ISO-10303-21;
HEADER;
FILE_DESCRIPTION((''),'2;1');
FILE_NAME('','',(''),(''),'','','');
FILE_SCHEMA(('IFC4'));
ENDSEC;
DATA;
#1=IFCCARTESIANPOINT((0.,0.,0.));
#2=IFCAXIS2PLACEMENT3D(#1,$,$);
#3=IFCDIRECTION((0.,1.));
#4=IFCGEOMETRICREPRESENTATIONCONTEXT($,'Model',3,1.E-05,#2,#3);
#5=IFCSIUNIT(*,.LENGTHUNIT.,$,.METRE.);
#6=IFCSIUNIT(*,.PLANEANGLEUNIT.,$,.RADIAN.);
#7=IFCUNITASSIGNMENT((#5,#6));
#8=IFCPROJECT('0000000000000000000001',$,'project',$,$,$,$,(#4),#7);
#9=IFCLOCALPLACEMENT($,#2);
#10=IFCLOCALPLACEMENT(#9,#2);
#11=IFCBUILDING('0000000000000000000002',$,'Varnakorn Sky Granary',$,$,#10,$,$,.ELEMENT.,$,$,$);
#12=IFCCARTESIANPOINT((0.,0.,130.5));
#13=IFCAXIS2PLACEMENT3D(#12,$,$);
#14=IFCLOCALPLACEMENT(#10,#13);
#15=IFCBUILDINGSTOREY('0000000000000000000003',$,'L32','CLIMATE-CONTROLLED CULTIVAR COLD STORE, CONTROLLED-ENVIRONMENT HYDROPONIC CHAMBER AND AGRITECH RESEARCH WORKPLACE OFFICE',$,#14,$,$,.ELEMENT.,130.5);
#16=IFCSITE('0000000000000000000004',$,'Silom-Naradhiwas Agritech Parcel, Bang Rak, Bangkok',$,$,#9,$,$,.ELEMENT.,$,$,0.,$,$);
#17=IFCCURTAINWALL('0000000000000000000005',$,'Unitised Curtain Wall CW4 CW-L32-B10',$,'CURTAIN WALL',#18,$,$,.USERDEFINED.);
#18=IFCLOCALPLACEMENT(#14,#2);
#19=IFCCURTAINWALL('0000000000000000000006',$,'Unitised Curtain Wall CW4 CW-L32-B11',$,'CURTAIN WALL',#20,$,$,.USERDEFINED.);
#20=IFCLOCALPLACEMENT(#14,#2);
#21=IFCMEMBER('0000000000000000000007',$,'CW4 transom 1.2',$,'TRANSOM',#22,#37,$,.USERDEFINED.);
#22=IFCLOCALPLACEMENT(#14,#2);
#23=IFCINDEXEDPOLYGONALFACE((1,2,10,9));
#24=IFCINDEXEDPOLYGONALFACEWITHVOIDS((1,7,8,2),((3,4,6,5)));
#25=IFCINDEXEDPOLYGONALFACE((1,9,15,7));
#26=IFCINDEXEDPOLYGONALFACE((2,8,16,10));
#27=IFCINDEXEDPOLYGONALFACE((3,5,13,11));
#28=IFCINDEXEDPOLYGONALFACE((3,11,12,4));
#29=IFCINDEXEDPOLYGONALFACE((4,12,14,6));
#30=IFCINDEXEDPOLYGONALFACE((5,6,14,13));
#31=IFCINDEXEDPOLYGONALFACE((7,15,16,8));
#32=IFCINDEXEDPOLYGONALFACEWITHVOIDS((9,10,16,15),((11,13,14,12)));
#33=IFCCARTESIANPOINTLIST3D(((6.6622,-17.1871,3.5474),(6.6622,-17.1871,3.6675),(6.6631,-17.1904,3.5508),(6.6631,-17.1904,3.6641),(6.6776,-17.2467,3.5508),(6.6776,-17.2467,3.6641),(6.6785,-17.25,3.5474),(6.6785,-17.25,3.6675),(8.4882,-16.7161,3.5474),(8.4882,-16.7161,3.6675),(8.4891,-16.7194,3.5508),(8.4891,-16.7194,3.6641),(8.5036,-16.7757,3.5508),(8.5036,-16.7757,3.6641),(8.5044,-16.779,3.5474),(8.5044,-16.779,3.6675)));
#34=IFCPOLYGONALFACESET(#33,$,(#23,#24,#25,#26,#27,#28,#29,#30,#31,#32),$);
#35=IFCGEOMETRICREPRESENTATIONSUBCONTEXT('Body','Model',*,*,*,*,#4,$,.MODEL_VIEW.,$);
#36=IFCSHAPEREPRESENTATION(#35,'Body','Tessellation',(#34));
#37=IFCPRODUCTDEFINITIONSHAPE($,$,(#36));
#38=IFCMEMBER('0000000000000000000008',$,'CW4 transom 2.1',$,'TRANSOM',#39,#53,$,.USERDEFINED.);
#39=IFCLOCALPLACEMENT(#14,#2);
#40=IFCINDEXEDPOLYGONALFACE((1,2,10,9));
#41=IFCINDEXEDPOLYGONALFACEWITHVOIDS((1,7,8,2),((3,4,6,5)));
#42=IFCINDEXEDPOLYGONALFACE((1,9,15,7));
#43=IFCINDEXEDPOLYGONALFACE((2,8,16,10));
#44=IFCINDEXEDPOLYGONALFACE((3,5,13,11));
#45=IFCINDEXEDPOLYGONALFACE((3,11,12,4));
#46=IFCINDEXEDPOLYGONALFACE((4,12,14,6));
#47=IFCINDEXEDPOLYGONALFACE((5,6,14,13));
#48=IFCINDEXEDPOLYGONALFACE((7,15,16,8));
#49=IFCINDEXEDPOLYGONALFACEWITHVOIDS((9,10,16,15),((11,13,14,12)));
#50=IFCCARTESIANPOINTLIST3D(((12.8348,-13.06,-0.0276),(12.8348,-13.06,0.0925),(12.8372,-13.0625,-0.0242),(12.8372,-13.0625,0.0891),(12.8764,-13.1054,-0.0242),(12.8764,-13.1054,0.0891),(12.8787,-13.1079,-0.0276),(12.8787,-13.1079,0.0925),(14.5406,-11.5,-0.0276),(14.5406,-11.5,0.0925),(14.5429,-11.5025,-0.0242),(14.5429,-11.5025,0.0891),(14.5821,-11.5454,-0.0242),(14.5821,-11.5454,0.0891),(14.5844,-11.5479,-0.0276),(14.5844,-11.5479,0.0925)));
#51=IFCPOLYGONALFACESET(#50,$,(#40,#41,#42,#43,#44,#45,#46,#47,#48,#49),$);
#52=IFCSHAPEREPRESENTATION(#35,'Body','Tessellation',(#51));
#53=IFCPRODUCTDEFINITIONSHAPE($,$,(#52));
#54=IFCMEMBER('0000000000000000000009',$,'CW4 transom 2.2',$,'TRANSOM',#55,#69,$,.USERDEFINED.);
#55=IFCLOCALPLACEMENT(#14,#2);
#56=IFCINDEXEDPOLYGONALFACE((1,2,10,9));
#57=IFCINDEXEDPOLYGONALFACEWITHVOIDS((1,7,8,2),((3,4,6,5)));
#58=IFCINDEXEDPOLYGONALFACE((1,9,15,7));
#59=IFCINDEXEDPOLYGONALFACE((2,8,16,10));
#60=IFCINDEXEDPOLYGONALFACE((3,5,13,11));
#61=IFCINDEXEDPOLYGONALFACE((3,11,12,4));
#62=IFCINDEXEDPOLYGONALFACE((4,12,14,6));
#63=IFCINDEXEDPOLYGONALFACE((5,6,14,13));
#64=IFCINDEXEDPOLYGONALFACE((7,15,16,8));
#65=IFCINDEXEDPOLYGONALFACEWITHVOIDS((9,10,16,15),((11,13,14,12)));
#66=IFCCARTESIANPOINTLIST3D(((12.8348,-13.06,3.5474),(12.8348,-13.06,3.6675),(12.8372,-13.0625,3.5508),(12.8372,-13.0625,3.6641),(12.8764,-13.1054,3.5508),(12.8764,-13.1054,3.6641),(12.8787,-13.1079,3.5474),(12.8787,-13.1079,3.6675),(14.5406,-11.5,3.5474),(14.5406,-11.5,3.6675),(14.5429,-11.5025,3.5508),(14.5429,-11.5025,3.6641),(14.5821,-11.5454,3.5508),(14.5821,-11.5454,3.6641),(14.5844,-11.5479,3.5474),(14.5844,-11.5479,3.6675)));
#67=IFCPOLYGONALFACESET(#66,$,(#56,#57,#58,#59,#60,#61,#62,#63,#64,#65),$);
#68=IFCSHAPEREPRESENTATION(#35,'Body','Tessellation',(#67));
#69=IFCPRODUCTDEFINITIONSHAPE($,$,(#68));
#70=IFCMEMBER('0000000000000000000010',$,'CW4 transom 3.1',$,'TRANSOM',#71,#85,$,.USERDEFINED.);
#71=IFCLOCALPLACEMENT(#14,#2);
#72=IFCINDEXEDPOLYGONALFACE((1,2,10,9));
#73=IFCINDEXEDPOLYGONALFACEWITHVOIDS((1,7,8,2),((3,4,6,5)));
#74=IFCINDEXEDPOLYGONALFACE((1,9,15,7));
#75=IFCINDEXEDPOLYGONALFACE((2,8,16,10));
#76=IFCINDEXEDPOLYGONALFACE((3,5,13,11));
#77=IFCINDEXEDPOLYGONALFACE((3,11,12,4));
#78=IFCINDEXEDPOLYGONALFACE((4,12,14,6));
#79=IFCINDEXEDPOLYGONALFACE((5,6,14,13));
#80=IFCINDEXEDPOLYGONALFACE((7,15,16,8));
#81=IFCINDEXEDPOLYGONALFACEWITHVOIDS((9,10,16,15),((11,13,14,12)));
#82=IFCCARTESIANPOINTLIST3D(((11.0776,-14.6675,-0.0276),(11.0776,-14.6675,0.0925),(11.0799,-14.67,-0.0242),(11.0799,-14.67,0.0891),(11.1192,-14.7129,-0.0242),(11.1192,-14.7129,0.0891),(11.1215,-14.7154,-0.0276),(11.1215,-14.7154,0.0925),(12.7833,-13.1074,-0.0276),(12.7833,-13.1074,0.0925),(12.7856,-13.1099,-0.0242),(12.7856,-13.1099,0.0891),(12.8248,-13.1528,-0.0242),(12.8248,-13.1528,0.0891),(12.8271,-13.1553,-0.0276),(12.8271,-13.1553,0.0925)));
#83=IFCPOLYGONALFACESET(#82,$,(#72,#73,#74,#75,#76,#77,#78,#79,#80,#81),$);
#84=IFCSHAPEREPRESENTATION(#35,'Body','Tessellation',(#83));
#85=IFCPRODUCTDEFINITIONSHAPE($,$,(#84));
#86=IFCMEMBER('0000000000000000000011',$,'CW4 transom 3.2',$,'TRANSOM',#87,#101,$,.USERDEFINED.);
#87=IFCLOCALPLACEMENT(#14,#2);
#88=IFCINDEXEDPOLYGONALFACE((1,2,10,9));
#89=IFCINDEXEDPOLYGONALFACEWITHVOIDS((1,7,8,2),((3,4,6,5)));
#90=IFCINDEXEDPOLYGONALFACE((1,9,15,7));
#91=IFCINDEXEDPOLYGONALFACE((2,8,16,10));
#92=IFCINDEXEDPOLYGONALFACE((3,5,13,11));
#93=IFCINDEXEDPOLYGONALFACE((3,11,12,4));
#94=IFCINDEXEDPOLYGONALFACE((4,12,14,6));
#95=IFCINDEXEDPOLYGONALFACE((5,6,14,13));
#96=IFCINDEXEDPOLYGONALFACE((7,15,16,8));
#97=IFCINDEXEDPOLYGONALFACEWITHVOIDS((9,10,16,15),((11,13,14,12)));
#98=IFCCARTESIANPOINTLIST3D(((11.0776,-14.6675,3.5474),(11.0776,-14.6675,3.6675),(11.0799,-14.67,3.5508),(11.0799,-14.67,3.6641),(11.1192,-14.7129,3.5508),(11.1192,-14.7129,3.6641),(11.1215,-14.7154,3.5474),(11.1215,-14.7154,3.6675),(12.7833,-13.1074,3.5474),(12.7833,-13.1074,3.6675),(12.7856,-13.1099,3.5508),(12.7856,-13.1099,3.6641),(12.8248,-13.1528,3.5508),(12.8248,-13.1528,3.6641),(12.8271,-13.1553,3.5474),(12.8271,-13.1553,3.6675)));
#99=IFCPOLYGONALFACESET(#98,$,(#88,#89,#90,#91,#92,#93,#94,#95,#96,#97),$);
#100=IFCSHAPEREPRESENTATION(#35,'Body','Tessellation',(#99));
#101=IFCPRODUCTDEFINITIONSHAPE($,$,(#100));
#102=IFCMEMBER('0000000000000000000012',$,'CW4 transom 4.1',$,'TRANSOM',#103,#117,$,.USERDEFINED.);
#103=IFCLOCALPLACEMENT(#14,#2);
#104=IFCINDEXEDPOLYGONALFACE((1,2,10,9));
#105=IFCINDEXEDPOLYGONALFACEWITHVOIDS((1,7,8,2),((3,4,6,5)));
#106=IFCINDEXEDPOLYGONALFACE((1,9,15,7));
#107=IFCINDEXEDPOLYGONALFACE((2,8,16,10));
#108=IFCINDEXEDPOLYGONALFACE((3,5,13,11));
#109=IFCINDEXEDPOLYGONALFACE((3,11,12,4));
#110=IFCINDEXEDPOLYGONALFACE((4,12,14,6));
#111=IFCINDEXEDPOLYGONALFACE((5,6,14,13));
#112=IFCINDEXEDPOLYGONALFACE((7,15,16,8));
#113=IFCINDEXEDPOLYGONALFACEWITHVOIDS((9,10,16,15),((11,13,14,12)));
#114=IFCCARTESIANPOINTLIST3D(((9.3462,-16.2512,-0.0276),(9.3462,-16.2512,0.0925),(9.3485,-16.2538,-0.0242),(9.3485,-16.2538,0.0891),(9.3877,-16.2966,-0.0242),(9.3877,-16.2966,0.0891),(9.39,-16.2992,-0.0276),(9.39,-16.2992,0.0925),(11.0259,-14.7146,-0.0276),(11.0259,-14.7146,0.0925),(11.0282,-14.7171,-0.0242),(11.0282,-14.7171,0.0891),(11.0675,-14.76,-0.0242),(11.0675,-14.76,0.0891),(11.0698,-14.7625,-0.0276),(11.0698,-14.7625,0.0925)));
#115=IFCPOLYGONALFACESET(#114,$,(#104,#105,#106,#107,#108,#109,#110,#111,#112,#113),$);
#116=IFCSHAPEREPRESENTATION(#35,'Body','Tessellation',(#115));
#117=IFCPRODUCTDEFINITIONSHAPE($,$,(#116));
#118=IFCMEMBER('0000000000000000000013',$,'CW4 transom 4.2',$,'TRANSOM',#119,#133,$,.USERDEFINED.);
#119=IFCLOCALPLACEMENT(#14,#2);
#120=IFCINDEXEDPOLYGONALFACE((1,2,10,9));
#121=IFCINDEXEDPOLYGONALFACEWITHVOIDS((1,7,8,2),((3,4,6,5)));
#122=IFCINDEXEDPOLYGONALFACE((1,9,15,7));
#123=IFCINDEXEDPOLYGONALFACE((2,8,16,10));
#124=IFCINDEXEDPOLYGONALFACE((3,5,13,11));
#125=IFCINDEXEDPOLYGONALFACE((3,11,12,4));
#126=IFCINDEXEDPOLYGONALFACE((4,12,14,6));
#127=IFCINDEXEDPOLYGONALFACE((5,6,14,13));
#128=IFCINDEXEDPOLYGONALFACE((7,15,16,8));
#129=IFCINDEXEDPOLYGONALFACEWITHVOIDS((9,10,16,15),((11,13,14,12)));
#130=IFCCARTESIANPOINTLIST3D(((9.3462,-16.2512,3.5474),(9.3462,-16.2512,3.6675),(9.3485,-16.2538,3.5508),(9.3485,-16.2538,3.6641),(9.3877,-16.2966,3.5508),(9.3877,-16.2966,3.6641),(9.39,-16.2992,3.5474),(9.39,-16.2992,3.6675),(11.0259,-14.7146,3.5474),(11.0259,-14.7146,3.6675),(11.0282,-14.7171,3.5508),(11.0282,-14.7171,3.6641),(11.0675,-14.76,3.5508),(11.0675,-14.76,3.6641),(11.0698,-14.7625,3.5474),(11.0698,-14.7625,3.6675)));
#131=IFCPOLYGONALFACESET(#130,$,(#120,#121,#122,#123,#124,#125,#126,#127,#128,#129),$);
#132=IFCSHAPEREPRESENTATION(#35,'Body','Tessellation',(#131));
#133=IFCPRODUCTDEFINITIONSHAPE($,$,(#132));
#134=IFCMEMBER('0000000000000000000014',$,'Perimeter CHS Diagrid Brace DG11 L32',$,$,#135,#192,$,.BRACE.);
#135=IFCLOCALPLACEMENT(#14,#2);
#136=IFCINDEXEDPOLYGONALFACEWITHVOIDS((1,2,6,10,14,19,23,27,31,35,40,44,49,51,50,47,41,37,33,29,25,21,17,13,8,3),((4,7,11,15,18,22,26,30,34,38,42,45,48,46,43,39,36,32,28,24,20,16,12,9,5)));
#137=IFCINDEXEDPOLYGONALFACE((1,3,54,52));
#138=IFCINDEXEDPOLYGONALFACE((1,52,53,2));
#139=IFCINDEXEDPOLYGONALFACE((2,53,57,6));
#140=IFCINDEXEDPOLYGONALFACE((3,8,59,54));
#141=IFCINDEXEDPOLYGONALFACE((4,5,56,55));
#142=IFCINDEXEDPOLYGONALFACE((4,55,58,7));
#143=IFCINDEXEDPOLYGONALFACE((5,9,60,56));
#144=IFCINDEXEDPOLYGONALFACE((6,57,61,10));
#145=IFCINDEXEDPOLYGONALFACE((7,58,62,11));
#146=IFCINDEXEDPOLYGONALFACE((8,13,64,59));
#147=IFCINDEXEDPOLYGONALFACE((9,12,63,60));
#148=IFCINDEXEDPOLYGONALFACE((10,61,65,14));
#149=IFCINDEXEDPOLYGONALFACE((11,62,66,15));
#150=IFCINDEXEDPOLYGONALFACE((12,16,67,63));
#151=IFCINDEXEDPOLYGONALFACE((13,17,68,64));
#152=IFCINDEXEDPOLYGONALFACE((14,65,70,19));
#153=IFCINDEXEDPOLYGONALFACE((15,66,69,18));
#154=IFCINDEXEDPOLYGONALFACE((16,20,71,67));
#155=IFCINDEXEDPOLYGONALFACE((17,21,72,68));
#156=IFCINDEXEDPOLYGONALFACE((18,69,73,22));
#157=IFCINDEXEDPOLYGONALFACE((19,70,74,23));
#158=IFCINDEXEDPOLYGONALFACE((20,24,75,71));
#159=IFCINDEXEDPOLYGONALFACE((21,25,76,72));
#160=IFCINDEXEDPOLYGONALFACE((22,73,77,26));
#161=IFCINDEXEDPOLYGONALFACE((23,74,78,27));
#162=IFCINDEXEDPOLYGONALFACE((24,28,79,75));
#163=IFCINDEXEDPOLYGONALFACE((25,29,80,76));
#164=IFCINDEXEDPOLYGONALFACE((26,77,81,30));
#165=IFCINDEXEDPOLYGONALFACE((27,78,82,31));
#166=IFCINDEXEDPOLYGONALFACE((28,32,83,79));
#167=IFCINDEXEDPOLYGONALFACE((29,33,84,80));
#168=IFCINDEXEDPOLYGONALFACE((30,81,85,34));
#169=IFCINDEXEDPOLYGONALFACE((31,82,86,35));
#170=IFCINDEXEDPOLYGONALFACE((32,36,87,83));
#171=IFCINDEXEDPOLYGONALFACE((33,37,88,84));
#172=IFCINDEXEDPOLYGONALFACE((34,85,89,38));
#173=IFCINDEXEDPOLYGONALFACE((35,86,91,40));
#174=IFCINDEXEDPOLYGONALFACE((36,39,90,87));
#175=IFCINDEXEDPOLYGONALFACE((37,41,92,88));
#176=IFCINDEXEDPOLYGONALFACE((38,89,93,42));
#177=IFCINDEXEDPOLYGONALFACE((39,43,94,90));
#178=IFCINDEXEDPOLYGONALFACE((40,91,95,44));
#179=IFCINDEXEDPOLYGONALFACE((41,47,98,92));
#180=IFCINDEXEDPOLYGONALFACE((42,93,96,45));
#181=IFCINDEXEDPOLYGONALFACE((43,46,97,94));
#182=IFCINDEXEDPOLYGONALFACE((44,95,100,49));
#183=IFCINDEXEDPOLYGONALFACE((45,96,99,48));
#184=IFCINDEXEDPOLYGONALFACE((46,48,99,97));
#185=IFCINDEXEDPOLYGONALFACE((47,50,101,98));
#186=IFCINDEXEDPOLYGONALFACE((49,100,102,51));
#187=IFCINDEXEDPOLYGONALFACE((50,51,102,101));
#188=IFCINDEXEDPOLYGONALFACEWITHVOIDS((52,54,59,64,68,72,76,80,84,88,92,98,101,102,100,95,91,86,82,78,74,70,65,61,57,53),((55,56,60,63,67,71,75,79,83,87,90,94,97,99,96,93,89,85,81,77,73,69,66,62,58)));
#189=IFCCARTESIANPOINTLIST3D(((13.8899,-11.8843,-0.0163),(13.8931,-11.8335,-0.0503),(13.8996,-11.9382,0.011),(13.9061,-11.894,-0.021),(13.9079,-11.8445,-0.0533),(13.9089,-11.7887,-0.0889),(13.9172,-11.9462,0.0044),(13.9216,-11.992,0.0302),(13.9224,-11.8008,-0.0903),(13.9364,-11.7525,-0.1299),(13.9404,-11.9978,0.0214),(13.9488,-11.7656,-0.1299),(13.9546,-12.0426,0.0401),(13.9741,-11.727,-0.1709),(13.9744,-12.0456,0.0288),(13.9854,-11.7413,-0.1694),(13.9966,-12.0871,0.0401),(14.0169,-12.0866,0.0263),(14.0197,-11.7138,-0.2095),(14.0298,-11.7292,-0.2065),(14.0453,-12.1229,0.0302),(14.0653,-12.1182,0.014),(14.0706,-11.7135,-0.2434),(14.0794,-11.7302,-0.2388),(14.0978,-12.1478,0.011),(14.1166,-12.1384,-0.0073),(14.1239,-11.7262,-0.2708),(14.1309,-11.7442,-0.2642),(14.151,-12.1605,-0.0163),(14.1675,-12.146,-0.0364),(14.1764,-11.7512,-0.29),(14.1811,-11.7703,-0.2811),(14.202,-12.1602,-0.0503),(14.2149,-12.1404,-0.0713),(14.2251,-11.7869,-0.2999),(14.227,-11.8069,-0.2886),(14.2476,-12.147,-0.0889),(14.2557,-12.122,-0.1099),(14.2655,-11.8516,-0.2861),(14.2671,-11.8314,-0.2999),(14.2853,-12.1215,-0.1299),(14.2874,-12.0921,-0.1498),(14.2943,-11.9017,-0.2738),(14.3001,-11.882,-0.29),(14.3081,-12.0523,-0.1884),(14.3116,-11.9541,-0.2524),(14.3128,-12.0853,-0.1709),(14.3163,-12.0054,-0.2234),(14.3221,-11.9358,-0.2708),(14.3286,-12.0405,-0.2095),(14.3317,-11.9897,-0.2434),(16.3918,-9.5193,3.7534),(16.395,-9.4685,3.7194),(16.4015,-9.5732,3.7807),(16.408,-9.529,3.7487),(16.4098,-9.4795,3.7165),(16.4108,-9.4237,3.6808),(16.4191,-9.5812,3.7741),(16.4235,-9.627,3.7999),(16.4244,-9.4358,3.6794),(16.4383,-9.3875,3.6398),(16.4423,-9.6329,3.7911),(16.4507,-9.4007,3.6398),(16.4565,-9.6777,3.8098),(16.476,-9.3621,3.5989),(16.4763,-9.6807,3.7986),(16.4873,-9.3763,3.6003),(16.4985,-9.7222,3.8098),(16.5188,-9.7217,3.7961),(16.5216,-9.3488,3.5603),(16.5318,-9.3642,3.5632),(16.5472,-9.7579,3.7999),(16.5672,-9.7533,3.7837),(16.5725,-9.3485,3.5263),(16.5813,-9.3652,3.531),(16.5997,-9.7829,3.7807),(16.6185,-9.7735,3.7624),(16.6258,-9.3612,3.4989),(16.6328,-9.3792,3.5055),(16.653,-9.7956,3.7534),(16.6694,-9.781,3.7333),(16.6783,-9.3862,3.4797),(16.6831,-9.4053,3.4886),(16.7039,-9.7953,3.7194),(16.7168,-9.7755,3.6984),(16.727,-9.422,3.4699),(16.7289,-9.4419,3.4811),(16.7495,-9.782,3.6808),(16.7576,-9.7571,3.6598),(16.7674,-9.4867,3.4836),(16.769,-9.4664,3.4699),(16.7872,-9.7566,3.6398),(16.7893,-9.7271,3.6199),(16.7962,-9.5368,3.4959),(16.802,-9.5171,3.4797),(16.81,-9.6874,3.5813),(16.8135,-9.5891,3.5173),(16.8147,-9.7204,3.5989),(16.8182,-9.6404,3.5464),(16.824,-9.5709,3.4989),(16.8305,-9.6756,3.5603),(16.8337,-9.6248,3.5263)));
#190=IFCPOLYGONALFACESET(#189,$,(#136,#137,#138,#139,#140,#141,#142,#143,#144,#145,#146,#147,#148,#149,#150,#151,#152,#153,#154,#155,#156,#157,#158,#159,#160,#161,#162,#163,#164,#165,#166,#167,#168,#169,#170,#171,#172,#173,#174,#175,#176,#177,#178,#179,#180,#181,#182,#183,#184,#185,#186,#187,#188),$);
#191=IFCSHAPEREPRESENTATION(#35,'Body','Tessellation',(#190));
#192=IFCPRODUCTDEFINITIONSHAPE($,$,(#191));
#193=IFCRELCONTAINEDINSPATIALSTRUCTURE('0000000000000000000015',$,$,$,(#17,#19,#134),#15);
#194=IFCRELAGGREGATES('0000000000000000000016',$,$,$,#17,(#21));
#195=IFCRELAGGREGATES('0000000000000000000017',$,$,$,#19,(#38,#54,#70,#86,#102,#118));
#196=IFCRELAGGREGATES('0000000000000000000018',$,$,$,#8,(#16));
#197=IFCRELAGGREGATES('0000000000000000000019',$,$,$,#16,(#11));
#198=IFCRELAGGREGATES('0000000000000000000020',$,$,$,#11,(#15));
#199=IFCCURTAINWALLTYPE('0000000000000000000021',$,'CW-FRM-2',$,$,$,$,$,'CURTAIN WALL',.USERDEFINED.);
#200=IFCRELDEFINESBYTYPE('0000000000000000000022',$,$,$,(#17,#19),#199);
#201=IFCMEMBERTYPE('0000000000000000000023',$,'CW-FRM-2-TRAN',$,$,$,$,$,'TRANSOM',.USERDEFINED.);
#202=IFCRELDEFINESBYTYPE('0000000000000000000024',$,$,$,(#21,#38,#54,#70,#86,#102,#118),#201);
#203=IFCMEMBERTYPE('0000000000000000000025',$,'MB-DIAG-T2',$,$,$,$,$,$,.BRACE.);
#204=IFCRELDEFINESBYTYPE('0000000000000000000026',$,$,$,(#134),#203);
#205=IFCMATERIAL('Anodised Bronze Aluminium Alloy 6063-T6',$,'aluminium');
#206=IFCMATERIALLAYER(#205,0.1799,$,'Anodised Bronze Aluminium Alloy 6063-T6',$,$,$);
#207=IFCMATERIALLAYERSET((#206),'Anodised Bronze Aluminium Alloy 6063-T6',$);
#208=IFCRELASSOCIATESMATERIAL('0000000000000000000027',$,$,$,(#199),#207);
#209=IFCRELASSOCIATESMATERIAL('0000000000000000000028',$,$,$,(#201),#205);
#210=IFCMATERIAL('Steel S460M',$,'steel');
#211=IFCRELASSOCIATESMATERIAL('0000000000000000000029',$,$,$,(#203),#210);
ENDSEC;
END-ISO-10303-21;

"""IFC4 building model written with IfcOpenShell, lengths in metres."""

from ifc_helpers import new_model, si_unit, direction, frame, origin, origin_2d, place, context, subcontext, project, spatial, hollow_rectangle, hollow_circle, extrude, material, layer, layer_set, material_profile, profile_set, type_object, element, aggregate, save


model = new_model("IFC4")

# Units and contexts
model_context = context("Model", 3, precision=1e-05, world=origin(), true_north=direction((0.0, 1.0)))
body_context = subcontext(model_context, "Body", "Model", "MODEL_VIEW")
ifc_project = project(units=[si_unit("LENGTHUNIT", "METRE"), si_unit("PLANEANGLEUNIT", "RADIAN")], contexts=[model_context])

# Site, building, storey
site_placement = place(None, origin())
site = spatial("IfcSite", under=ifc_project, at=site_placement, Name="Silom-Naradhiwas Agritech Parcel, Bang Rak, Bangkok", CompositionType="ELEMENT", RefElevation=0.0)
building_placement = place(site_placement, origin())
building = spatial("IfcBuilding", under=site, at=building_placement, Name="Varnakorn Sky Granary", CompositionType="ELEMENT")
storey_placement = place(building_placement, frame((0.0, 0.0, 130.5)))
storey = spatial("IfcBuildingStorey", under=building, at=storey_placement, Name="L32", Description="CLIMATE-CONTROLLED CULTIVAR COLD STORE, CONTROLLED-ENVIRONMENT HYDROPONIC CHAMBER AND AGRITECH RESEARCH WORKPLACE OFFICE", CompositionType="ELEMENT", Elevation=130.5)

# Shared definitions
ifc_material_1 = material(Name="Steel S460M", Category="steel")

# Curtain wall
ifc_material_2 = material(Name="Anodised Bronze Aluminium Alloy 6063-T6", Category="aluminium")
ifc_layer_1 = layer(ifc_material_2, 0.1799, Name="Anodised Bronze Aluminium Alloy 6063-T6")
ifc_layer_set_1 = layer_set([ifc_layer_1], Name="Anodised Bronze Aluminium Alloy 6063-T6")
curtain_wall_type = type_object("IfcCurtainWallType", Name="CW-FRM-2", ElementType="CURTAIN WALL", PredefinedType="USERDEFINED", material=ifc_layer_set_1)
curtain_wall_1_placement = place(storey_placement, origin())
curtain_wall_1 = element("IfcCurtainWall", 1, at=curtain_wall_1_placement, inside=storey, type_object=curtain_wall_type, Name="Unitised Curtain Wall CW4 CW-L32-B10", ObjectType="CURTAIN WALL", PredefinedType="USERDEFINED")

# Curtain wall
curtain_wall_2_placement = place(storey_placement, origin())
curtain_wall_2 = element("IfcCurtainWall", 2, at=curtain_wall_2_placement, inside=storey, type_object=curtain_wall_type, Name="Unitised Curtain Wall CW4 CW-L32-B11", ObjectType="CURTAIN WALL", PredefinedType="USERDEFINED")

# Members
ifc_material_profile_1 = material_profile(ifc_material_2, hollow_rectangle(XDim=0.0649, YDim=0.1201, WallThickness=0.0034, at=origin_2d()), Name="ALU TRAN 65x120")
ifc_profile_set_1 = profile_set([ifc_material_profile_1], Name="Anodised Bronze Aluminium Alloy 6063-T6")
member_type_1 = type_object("IfcMemberType", Name="CW-FRM-2-TRAN", ElementType="TRANSOM", PredefinedType="USERDEFINED", material=ifc_profile_set_1)
member_1_placement = place(storey_placement, frame((8.4963, -16.7476, 3.6074), z_axis=(-0.968311, -0.249749, 0.0), x_axis=(0.249749, -0.968311, 0.0)))
member_1 = element("IfcMember", 3, at=member_1_placement, type_object=member_type_1, Name="CW4 transom 1.2", ObjectType="TRANSOM", PredefinedType="USERDEFINED", context=body_context, shape_type="SweptSolid", body=[
    extrude(hollow_rectangle(XDim=0.0649, YDim=0.1201, WallThickness=0.0034, at=origin_2d()), origin(), (0.0, 0.0, 1.0), 1.8857),
])
aggregate(curtain_wall_1, [member_1])
member_2_placement = place(storey_placement, frame((14.5625, -11.5239, 0.0325), z_axis=(-0.73793, -0.674878, 0.0), x_axis=(0.674878, -0.73793, 0.0)))
member_2 = element("IfcMember", 4, at=member_2_placement, type_object=member_type_1, Name="CW4 transom 2.1", ObjectType="TRANSOM", PredefinedType="USERDEFINED", context=body_context, shape_type="SweptSolid", body=[
    extrude(hollow_rectangle(XDim=0.0649, YDim=0.1201, WallThickness=0.0034, at=origin_2d()), origin(), (0.0, 0.0, 1.0), 2.3115),
])
member_3_placement = place(storey_placement, frame((14.5625, -11.5239, 3.6074), z_axis=(-0.73793, -0.674878, 0.0), x_axis=(0.674878, -0.73793, 0.0)))
member_3 = element("IfcMember", 5, at=member_3_placement, type_object=member_type_1, Name="CW4 transom 2.2", ObjectType="TRANSOM", PredefinedType="USERDEFINED", context=body_context, shape_type="SweptSolid", body=[
    extrude(hollow_rectangle(XDim=0.0649, YDim=0.1201, WallThickness=0.0034, at=origin_2d()), origin(), (0.0, 0.0, 1.0), 2.3115),
])
member_4_placement = place(storey_placement, frame((12.8052, -13.1313, 0.0325), z_axis=(-0.737882, -0.67493, 0.0), x_axis=(0.67493, -0.737882, 0.0)))
member_4 = element("IfcMember", 6, at=member_4_placement, type_object=member_type_1, Name="CW4 transom 3.1", ObjectType="TRANSOM", PredefinedType="USERDEFINED", context=body_context, shape_type="SweptSolid", body=[
    extrude(hollow_rectangle(XDim=0.0649, YDim=0.1201, WallThickness=0.0034, at=origin_2d()), origin(), (0.0, 0.0, 1.0), 2.3115),
])
member_5_placement = place(storey_placement, frame((12.8052, -13.1313, 3.6074), z_axis=(-0.737882, -0.67493, 0.0), x_axis=(0.67493, -0.737882, 0.0)))
member_5 = element("IfcMember", 7, at=member_5_placement, type_object=member_type_1, Name="CW4 transom 3.2", ObjectType="TRANSOM", PredefinedType="USERDEFINED", context=body_context, shape_type="SweptSolid", body=[
    extrude(hollow_rectangle(XDim=0.0649, YDim=0.1201, WallThickness=0.0034, at=origin_2d()), origin(), (0.0, 0.0, 1.0), 2.3115),
])
member_6_placement = place(storey_placement, frame((11.0479, -14.7385, 0.0325), z_axis=(-0.73783, -0.674986, 0.0), x_axis=(0.674986, -0.73783, 0.0)))
member_6 = element("IfcMember", 8, at=member_6_placement, type_object=member_type_1, Name="CW4 transom 4.1", ObjectType="TRANSOM", PredefinedType="USERDEFINED", context=body_context, shape_type="SweptSolid", body=[
    extrude(hollow_rectangle(XDim=0.0649, YDim=0.1201, WallThickness=0.0034, at=origin_2d()), origin(), (0.0, 0.0, 1.0), 2.2766),
])
member_7_placement = place(storey_placement, frame((11.0479, -14.7385, 3.6074), z_axis=(-0.73783, -0.674986, 0.0), x_axis=(0.674986, -0.73783, 0.0)))
member_7 = element("IfcMember", 9, at=member_7_placement, type_object=member_type_1, Name="CW4 transom 4.2", ObjectType="TRANSOM", PredefinedType="USERDEFINED", context=body_context, shape_type="SweptSolid", body=[
    extrude(hollow_rectangle(XDim=0.0649, YDim=0.1201, WallThickness=0.0034, at=origin_2d()), origin(), (0.0, 0.0, 1.0), 2.2766),
])
ifc_material_profile_2 = material_profile(ifc_material_1, hollow_circle(Radius=0.2539, WallThickness=0.0181, at=origin_2d()), Name="CHS 508x18")
ifc_profile_set_2 = profile_set([ifc_material_profile_2], Name="Steel S460M")
member_type_2 = type_object("IfcMemberType", Name="MB-DIAG-T2", PredefinedType="BRACE", material=ifc_profile_set_2)
member_8_placement = place(storey_placement, frame((14.1108, -11.937, -0.1299), z_axis=(0.490069, 0.463242, 0.738403), x_axis=(-0.686936, 0.726718, 0.0)))
element("IfcMember", 10, at=member_8_placement, inside=storey, type_object=member_type_2, Name="Perimeter CHS Diagrid Brace DG11 L32", PredefinedType="BRACE", context=body_context, shape_type="SweptSolid", body=[
    extrude(hollow_circle(Radius=0.2539, WallThickness=0.0181, at=origin_2d()), origin(), (0.0, 0.0, 1.0), 5.1052),
])

aggregate(curtain_wall_2, [member_2, member_3, member_4, member_5, member_6, member_7])

save(model, "model.ifc")
